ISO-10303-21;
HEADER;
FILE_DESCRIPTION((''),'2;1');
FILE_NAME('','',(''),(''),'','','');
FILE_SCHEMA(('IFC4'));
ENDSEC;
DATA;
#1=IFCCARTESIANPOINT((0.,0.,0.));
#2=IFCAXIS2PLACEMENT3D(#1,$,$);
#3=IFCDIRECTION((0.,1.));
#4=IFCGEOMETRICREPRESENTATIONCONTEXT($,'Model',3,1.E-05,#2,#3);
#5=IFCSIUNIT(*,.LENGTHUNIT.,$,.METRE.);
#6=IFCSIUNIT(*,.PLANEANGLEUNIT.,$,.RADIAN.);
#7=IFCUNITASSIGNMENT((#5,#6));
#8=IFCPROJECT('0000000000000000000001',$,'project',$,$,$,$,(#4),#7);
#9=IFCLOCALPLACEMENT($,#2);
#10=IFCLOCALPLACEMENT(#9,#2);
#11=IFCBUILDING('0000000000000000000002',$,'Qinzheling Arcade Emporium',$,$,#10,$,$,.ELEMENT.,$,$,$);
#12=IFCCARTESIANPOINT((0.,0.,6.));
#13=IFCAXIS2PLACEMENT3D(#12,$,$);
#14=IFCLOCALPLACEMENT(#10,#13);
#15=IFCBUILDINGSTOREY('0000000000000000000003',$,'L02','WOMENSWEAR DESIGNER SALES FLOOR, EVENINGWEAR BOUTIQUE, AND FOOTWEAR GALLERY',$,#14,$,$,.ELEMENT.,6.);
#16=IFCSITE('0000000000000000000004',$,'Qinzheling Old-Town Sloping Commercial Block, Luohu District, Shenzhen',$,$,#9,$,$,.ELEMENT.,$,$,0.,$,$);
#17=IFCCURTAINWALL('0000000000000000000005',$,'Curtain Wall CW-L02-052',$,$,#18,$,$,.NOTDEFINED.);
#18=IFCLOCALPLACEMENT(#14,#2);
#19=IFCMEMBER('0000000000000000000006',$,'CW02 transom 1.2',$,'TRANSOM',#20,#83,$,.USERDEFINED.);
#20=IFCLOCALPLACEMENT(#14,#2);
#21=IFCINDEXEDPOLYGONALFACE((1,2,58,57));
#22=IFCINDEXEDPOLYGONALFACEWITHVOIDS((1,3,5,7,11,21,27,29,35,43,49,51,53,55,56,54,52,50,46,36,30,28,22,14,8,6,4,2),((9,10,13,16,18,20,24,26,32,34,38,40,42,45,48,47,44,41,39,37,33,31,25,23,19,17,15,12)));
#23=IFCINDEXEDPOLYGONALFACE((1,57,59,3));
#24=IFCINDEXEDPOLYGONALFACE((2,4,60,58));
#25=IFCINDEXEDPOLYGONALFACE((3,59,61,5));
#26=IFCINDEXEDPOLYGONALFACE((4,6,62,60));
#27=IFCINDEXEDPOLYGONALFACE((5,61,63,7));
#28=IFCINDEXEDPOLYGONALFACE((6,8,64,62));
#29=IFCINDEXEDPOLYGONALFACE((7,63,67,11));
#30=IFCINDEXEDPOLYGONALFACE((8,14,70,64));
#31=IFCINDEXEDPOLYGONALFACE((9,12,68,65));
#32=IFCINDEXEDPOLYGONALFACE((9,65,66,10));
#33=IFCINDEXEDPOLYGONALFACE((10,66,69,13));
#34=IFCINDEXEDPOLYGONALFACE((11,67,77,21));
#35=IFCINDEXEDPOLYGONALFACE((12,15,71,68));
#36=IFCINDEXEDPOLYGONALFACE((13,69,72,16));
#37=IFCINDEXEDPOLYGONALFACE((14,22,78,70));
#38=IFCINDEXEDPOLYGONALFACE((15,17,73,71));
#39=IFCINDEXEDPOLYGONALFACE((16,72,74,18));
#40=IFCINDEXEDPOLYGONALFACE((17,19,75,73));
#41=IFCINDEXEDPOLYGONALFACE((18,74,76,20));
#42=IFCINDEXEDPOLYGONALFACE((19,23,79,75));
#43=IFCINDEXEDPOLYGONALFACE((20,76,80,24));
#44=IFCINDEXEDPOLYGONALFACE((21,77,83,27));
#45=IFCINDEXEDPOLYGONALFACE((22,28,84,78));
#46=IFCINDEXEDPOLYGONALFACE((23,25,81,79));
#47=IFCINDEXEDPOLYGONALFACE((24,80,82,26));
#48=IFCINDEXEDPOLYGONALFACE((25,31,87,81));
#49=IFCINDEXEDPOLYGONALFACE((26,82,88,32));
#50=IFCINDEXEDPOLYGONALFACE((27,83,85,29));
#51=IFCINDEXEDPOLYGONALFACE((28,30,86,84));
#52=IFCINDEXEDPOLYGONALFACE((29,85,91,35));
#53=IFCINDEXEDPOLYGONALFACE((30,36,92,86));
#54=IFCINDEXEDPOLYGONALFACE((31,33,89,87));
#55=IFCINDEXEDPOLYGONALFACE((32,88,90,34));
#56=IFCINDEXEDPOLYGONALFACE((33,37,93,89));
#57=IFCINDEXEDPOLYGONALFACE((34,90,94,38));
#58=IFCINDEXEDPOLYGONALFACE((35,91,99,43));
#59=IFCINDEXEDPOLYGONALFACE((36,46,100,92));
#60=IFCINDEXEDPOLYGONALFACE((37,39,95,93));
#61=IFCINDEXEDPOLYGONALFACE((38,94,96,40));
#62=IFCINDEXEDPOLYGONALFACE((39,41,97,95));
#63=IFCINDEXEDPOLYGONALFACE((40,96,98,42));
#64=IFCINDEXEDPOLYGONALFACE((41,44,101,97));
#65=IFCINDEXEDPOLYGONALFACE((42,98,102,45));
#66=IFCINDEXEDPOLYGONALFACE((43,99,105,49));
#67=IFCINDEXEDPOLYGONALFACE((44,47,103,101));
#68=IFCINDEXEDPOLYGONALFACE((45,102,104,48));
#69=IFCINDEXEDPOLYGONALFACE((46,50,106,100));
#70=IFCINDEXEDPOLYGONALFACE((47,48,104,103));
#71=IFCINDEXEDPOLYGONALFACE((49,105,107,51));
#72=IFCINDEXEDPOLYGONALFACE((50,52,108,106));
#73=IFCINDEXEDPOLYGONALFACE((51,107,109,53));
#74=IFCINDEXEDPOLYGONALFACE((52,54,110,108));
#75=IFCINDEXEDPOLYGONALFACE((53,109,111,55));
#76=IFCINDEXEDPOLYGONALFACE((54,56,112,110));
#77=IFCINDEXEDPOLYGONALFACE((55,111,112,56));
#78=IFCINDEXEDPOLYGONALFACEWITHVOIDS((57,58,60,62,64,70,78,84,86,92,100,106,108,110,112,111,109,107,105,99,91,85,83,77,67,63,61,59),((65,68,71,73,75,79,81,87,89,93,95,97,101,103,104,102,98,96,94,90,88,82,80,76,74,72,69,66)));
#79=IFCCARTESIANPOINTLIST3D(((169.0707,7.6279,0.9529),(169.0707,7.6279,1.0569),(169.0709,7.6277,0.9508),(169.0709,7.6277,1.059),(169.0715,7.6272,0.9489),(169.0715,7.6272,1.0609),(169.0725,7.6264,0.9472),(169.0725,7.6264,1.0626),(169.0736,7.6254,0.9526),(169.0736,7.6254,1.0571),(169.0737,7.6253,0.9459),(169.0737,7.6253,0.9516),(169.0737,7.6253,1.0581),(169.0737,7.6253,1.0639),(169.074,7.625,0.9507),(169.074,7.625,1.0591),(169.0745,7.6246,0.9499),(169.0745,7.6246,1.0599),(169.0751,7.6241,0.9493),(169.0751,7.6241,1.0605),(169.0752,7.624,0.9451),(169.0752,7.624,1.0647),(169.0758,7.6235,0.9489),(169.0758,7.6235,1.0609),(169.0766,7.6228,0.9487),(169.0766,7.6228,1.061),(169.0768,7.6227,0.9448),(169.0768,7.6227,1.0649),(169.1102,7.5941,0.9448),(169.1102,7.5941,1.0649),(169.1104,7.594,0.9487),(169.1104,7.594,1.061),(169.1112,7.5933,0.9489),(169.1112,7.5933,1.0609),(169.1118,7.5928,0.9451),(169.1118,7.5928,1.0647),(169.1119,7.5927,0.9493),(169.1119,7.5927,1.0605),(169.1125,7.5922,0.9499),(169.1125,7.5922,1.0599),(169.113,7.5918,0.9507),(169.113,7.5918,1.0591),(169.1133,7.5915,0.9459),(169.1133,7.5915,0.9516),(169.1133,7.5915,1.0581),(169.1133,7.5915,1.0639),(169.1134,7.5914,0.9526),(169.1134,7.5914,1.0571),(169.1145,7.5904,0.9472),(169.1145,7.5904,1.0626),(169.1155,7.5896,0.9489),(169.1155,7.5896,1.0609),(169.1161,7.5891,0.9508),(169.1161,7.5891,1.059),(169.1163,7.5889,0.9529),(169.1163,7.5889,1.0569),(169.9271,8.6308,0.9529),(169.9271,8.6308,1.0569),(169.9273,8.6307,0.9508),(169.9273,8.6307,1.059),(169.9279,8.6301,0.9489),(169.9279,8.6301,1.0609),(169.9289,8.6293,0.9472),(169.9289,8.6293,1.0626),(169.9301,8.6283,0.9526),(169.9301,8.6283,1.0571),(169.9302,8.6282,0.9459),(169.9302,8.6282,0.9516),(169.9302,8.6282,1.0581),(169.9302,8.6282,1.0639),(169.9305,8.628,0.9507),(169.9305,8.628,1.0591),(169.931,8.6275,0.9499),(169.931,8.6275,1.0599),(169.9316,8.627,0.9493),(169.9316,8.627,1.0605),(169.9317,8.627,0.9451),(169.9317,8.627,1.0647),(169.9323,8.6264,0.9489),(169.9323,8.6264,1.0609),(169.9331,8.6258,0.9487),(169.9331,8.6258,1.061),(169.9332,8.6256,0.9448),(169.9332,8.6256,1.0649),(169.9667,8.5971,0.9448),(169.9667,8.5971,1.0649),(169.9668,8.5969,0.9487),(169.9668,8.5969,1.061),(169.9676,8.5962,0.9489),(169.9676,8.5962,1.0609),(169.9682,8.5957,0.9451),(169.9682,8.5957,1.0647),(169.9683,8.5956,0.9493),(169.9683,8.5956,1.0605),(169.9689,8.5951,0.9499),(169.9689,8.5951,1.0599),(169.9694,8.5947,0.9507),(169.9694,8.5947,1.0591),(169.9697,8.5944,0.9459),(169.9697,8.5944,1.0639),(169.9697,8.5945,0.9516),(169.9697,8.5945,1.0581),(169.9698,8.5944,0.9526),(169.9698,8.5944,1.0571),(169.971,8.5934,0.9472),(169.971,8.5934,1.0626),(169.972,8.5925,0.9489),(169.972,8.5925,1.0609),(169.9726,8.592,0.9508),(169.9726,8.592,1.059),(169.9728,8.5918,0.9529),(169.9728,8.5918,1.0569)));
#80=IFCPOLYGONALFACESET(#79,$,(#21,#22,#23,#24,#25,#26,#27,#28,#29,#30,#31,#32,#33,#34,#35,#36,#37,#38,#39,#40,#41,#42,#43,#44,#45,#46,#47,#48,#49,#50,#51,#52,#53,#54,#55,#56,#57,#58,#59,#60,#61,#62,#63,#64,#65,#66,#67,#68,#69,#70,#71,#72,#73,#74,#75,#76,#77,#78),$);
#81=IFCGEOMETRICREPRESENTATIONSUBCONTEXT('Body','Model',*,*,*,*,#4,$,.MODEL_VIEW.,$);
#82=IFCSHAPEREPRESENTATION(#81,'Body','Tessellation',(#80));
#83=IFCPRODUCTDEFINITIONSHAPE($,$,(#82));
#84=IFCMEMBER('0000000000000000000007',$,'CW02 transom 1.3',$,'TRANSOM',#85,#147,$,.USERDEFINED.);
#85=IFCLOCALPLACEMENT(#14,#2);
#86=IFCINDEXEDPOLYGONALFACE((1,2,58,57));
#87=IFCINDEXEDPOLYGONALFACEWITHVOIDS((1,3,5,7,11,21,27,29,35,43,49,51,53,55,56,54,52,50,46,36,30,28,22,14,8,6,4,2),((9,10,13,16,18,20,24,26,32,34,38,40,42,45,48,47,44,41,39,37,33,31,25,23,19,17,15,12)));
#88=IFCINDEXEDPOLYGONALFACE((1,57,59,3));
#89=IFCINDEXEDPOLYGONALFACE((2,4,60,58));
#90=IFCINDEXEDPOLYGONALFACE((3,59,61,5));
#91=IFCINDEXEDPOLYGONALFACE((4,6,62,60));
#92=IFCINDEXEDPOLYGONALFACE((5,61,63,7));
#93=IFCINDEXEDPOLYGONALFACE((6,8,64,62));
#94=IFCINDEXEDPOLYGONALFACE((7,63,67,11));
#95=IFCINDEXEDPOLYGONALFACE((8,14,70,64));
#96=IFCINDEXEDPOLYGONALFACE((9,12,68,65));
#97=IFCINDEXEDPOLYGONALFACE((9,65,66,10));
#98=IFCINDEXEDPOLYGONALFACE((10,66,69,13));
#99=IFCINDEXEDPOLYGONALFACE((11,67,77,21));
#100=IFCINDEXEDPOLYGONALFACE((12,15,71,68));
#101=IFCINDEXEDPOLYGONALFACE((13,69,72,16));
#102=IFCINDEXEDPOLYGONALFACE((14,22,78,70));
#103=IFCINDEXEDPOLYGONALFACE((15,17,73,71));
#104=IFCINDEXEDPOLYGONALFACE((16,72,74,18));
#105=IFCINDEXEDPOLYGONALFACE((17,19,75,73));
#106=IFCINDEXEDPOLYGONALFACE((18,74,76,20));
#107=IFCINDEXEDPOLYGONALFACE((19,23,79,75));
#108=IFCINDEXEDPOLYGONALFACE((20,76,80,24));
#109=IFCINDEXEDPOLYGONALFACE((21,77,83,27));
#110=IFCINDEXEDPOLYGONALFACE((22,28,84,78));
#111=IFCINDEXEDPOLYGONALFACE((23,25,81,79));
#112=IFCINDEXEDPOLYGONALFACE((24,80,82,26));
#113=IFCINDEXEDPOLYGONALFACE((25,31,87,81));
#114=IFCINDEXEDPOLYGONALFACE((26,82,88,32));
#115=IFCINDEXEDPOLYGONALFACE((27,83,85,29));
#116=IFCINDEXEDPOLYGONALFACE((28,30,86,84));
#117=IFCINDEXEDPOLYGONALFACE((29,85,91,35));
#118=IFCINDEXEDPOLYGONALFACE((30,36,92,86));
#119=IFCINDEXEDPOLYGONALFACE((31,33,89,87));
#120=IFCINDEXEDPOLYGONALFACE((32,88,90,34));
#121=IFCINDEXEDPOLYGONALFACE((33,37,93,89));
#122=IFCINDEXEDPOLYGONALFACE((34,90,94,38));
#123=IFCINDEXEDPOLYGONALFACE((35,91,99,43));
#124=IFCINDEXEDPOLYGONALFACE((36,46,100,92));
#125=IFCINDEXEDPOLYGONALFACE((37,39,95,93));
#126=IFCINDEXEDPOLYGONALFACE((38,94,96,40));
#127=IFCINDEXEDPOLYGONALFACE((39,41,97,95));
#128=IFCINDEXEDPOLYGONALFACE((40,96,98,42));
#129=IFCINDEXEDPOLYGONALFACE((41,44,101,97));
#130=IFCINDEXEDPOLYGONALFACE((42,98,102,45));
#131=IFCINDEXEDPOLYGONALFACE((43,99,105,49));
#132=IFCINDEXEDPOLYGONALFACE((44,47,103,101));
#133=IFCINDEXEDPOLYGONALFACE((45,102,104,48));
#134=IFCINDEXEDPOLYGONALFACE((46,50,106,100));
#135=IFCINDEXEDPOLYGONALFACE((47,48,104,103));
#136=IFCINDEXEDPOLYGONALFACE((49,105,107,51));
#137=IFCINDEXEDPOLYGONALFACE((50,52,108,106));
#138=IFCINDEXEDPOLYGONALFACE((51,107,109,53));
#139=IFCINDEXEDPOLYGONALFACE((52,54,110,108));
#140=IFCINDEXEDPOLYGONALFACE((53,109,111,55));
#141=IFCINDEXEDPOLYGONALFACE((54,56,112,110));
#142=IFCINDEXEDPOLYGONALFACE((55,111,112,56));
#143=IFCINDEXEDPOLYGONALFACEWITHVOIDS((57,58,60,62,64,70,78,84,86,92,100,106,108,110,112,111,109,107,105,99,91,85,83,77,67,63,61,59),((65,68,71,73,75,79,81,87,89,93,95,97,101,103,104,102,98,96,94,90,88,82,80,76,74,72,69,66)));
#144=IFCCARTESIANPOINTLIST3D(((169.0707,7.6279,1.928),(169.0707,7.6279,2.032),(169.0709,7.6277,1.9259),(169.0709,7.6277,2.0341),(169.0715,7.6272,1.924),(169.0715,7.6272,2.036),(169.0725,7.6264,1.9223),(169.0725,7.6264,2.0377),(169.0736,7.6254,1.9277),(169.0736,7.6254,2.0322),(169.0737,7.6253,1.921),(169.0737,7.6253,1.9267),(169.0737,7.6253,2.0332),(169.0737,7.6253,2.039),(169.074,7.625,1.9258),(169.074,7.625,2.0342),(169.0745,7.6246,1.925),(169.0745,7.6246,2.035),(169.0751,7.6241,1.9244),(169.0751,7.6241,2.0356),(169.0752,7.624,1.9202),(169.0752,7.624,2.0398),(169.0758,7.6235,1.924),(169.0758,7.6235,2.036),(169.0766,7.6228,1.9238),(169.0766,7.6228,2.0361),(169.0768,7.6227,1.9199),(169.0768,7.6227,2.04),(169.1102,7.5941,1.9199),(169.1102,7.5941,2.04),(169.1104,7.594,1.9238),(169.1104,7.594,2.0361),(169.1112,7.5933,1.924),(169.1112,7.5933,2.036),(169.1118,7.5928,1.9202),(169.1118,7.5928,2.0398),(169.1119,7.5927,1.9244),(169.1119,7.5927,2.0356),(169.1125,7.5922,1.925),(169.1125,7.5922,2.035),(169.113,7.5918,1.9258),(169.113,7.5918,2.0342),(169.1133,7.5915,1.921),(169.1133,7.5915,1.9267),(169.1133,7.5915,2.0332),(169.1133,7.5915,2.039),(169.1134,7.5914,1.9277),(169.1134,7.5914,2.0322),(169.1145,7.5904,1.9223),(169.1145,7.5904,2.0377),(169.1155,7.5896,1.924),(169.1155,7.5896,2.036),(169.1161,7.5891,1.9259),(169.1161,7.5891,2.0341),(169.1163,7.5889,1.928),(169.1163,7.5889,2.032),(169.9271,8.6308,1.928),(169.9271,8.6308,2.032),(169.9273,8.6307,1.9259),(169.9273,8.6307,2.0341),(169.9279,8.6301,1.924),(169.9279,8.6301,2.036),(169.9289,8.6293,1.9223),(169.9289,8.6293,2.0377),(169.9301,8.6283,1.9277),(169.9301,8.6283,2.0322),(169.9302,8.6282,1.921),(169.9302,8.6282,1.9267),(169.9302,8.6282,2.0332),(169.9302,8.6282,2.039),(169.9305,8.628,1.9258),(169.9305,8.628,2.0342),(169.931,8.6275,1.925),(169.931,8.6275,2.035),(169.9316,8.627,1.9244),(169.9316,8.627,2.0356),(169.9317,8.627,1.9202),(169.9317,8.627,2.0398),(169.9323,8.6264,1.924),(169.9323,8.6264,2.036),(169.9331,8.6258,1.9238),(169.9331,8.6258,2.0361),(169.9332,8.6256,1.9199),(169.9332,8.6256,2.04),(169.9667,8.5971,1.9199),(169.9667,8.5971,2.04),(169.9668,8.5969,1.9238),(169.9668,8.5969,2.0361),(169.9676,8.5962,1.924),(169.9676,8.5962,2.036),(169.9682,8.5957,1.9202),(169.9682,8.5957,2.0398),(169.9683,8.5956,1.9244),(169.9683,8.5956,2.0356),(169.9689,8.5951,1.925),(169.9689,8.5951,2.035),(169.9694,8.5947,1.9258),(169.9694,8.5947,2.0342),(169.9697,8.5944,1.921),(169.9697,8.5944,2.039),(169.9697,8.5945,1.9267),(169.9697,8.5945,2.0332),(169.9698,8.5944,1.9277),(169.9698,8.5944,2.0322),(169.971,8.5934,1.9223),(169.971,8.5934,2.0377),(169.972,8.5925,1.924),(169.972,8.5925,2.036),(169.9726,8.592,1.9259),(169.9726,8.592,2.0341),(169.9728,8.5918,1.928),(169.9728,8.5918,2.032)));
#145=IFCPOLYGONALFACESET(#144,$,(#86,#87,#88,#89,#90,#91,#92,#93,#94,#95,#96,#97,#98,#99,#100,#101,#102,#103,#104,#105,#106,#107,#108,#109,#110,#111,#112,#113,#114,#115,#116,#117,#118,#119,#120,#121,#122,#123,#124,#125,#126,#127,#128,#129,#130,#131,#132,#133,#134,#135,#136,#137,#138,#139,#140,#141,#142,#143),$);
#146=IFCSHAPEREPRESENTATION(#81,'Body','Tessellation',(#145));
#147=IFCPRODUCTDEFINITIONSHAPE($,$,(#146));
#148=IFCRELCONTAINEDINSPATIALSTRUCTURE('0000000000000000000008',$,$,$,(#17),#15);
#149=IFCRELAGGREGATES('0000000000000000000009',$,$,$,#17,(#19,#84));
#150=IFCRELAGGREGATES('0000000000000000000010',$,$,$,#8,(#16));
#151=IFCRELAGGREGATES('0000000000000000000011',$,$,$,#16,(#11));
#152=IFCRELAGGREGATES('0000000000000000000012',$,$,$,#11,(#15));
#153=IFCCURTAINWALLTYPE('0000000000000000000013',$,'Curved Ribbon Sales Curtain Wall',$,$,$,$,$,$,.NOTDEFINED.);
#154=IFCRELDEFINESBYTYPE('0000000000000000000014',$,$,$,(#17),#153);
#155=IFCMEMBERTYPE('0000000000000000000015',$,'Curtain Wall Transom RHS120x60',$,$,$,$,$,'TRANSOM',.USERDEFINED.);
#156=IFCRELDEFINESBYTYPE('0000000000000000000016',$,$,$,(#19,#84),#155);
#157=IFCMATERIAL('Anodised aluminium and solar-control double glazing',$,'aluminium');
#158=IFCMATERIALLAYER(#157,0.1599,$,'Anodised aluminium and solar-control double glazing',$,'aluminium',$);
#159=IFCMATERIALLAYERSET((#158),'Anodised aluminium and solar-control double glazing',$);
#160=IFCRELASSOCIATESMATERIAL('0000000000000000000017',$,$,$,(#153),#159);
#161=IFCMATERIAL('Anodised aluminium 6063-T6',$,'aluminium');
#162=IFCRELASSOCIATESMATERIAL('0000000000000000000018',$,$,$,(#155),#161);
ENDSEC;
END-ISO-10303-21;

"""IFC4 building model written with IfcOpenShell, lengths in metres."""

from ifc_helpers import new_model, si_unit, direction, frame, origin, origin_2d, place, context, subcontext, project, spatial, hollow_rectangle, extrude, material, layer, layer_set, material_profile, profile_set, type_object, element, aggregate, save


model = new_model("IFC4")

# Units and contexts
model_context = context("Model", 3, precision=1e-05, world=origin(), true_north=direction((0.0, 1.0)))
body_context = subcontext(model_context, "Body", "Model", "MODEL_VIEW")
ifc_project = project(units=[si_unit("LENGTHUNIT", "METRE"), si_unit("PLANEANGLEUNIT", "RADIAN")], contexts=[model_context])

# Site, building, storey
site_placement = place(None, origin())
site = spatial("IfcSite", under=ifc_project, at=site_placement, Name="Qinzheling Old-Town Sloping Commercial Block, Luohu District, Shenzhen", CompositionType="ELEMENT", RefElevation=0.0)
building_placement = place(site_placement, origin())
building = spatial("IfcBuilding", under=site, at=building_placement, Name="Qinzheling Arcade Emporium", CompositionType="ELEMENT")
storey_placement = place(building_placement, frame((0.0, 0.0, 6.0)))
storey = spatial("IfcBuildingStorey", under=building, at=storey_placement, Name="L02", Description="WOMENSWEAR DESIGNER SALES FLOOR, EVENINGWEAR BOUTIQUE, AND FOOTWEAR GALLERY", CompositionType="ELEMENT", Elevation=6.0)

# Curtain wall
ifc_material_1 = material(Name="Anodised aluminium and solar-control double glazing", Category="aluminium")
ifc_layer_1 = layer(ifc_material_1, 0.1599, Name="Anodised aluminium and solar-control double glazing", Category="aluminium")
ifc_layer_set_1 = layer_set([ifc_layer_1], Name="Anodised aluminium and solar-control double glazing")
curtain_wall_type = type_object("IfcCurtainWallType", Name="Curved Ribbon Sales Curtain Wall", PredefinedType="NOTDEFINED", material=ifc_layer_set_1)
curtain_wall_1_placement = place(storey_placement, origin())
curtain_wall_1 = element("IfcCurtainWall", 1, at=curtain_wall_1_placement, inside=storey, type_object=curtain_wall_type, Name="Curtain Wall CW-L02-052", PredefinedType="NOTDEFINED")
ifc_material_2 = material(Name="Anodised aluminium 6063-T6", Category="aluminium")

# Members
ifc_material_profile_1 = material_profile(ifc_material_2, hollow_rectangle(XDim=0.0601, YDim=0.1201, WallThickness=0.0039, InnerFilletRadius=0.0039, OuterFilletRadius=0.0081, at=origin_2d()), Name="RHS 120x60x4", Category="aluminium")
ifc_profile_set_1 = profile_set([ifc_material_profile_1], Name="Anodised aluminium 6063-T6")
member_type_1 = type_object("IfcMemberType", Name="Curtain Wall Transom RHS120x60", ElementType="TRANSOM", PredefinedType="USERDEFINED", material=ifc_profile_set_1)
member_1_placement = place(storey_placement, frame((169.95, 8.6113, 1.0049), z_axis=(-0.649388, -0.760457, 0.0), x_axis=(0.760457, -0.649388, 0.0)))
member_1 = element("IfcMember", 2, at=member_1_placement, type_object=member_type_1, Name="CW02 transom 1.2", ObjectType="TRANSOM", PredefinedType="USERDEFINED", context=body_context, shape_type="SweptSolid", body=[
    extrude(hollow_rectangle(XDim=0.0601, YDim=0.1201, WallThickness=0.0039, InnerFilletRadius=0.0039, OuterFilletRadius=0.0081, at=origin_2d()), origin(), (0.0, 0.0, 1.0), 1.3188),
])
member_2_placement = place(storey_placement, frame((169.95, 8.6113, 1.98), z_axis=(-0.649388, -0.760457, 0.0), x_axis=(0.760457, -0.649388, 0.0)))
member_2 = element("IfcMember", 3, at=member_2_placement, type_object=member_type_1, Name="CW02 transom 1.3", ObjectType="TRANSOM", PredefinedType="USERDEFINED", context=body_context, shape_type="SweptSolid", body=[
    extrude(hollow_rectangle(XDim=0.0601, YDim=0.1201, WallThickness=0.0039, InnerFilletRadius=0.0039, OuterFilletRadius=0.0081, at=origin_2d()), origin(), (0.0, 0.0, 1.0), 1.3188),
])

aggregate(curtain_wall_1, [member_1, member_2])

save(model, "model.ifc")
